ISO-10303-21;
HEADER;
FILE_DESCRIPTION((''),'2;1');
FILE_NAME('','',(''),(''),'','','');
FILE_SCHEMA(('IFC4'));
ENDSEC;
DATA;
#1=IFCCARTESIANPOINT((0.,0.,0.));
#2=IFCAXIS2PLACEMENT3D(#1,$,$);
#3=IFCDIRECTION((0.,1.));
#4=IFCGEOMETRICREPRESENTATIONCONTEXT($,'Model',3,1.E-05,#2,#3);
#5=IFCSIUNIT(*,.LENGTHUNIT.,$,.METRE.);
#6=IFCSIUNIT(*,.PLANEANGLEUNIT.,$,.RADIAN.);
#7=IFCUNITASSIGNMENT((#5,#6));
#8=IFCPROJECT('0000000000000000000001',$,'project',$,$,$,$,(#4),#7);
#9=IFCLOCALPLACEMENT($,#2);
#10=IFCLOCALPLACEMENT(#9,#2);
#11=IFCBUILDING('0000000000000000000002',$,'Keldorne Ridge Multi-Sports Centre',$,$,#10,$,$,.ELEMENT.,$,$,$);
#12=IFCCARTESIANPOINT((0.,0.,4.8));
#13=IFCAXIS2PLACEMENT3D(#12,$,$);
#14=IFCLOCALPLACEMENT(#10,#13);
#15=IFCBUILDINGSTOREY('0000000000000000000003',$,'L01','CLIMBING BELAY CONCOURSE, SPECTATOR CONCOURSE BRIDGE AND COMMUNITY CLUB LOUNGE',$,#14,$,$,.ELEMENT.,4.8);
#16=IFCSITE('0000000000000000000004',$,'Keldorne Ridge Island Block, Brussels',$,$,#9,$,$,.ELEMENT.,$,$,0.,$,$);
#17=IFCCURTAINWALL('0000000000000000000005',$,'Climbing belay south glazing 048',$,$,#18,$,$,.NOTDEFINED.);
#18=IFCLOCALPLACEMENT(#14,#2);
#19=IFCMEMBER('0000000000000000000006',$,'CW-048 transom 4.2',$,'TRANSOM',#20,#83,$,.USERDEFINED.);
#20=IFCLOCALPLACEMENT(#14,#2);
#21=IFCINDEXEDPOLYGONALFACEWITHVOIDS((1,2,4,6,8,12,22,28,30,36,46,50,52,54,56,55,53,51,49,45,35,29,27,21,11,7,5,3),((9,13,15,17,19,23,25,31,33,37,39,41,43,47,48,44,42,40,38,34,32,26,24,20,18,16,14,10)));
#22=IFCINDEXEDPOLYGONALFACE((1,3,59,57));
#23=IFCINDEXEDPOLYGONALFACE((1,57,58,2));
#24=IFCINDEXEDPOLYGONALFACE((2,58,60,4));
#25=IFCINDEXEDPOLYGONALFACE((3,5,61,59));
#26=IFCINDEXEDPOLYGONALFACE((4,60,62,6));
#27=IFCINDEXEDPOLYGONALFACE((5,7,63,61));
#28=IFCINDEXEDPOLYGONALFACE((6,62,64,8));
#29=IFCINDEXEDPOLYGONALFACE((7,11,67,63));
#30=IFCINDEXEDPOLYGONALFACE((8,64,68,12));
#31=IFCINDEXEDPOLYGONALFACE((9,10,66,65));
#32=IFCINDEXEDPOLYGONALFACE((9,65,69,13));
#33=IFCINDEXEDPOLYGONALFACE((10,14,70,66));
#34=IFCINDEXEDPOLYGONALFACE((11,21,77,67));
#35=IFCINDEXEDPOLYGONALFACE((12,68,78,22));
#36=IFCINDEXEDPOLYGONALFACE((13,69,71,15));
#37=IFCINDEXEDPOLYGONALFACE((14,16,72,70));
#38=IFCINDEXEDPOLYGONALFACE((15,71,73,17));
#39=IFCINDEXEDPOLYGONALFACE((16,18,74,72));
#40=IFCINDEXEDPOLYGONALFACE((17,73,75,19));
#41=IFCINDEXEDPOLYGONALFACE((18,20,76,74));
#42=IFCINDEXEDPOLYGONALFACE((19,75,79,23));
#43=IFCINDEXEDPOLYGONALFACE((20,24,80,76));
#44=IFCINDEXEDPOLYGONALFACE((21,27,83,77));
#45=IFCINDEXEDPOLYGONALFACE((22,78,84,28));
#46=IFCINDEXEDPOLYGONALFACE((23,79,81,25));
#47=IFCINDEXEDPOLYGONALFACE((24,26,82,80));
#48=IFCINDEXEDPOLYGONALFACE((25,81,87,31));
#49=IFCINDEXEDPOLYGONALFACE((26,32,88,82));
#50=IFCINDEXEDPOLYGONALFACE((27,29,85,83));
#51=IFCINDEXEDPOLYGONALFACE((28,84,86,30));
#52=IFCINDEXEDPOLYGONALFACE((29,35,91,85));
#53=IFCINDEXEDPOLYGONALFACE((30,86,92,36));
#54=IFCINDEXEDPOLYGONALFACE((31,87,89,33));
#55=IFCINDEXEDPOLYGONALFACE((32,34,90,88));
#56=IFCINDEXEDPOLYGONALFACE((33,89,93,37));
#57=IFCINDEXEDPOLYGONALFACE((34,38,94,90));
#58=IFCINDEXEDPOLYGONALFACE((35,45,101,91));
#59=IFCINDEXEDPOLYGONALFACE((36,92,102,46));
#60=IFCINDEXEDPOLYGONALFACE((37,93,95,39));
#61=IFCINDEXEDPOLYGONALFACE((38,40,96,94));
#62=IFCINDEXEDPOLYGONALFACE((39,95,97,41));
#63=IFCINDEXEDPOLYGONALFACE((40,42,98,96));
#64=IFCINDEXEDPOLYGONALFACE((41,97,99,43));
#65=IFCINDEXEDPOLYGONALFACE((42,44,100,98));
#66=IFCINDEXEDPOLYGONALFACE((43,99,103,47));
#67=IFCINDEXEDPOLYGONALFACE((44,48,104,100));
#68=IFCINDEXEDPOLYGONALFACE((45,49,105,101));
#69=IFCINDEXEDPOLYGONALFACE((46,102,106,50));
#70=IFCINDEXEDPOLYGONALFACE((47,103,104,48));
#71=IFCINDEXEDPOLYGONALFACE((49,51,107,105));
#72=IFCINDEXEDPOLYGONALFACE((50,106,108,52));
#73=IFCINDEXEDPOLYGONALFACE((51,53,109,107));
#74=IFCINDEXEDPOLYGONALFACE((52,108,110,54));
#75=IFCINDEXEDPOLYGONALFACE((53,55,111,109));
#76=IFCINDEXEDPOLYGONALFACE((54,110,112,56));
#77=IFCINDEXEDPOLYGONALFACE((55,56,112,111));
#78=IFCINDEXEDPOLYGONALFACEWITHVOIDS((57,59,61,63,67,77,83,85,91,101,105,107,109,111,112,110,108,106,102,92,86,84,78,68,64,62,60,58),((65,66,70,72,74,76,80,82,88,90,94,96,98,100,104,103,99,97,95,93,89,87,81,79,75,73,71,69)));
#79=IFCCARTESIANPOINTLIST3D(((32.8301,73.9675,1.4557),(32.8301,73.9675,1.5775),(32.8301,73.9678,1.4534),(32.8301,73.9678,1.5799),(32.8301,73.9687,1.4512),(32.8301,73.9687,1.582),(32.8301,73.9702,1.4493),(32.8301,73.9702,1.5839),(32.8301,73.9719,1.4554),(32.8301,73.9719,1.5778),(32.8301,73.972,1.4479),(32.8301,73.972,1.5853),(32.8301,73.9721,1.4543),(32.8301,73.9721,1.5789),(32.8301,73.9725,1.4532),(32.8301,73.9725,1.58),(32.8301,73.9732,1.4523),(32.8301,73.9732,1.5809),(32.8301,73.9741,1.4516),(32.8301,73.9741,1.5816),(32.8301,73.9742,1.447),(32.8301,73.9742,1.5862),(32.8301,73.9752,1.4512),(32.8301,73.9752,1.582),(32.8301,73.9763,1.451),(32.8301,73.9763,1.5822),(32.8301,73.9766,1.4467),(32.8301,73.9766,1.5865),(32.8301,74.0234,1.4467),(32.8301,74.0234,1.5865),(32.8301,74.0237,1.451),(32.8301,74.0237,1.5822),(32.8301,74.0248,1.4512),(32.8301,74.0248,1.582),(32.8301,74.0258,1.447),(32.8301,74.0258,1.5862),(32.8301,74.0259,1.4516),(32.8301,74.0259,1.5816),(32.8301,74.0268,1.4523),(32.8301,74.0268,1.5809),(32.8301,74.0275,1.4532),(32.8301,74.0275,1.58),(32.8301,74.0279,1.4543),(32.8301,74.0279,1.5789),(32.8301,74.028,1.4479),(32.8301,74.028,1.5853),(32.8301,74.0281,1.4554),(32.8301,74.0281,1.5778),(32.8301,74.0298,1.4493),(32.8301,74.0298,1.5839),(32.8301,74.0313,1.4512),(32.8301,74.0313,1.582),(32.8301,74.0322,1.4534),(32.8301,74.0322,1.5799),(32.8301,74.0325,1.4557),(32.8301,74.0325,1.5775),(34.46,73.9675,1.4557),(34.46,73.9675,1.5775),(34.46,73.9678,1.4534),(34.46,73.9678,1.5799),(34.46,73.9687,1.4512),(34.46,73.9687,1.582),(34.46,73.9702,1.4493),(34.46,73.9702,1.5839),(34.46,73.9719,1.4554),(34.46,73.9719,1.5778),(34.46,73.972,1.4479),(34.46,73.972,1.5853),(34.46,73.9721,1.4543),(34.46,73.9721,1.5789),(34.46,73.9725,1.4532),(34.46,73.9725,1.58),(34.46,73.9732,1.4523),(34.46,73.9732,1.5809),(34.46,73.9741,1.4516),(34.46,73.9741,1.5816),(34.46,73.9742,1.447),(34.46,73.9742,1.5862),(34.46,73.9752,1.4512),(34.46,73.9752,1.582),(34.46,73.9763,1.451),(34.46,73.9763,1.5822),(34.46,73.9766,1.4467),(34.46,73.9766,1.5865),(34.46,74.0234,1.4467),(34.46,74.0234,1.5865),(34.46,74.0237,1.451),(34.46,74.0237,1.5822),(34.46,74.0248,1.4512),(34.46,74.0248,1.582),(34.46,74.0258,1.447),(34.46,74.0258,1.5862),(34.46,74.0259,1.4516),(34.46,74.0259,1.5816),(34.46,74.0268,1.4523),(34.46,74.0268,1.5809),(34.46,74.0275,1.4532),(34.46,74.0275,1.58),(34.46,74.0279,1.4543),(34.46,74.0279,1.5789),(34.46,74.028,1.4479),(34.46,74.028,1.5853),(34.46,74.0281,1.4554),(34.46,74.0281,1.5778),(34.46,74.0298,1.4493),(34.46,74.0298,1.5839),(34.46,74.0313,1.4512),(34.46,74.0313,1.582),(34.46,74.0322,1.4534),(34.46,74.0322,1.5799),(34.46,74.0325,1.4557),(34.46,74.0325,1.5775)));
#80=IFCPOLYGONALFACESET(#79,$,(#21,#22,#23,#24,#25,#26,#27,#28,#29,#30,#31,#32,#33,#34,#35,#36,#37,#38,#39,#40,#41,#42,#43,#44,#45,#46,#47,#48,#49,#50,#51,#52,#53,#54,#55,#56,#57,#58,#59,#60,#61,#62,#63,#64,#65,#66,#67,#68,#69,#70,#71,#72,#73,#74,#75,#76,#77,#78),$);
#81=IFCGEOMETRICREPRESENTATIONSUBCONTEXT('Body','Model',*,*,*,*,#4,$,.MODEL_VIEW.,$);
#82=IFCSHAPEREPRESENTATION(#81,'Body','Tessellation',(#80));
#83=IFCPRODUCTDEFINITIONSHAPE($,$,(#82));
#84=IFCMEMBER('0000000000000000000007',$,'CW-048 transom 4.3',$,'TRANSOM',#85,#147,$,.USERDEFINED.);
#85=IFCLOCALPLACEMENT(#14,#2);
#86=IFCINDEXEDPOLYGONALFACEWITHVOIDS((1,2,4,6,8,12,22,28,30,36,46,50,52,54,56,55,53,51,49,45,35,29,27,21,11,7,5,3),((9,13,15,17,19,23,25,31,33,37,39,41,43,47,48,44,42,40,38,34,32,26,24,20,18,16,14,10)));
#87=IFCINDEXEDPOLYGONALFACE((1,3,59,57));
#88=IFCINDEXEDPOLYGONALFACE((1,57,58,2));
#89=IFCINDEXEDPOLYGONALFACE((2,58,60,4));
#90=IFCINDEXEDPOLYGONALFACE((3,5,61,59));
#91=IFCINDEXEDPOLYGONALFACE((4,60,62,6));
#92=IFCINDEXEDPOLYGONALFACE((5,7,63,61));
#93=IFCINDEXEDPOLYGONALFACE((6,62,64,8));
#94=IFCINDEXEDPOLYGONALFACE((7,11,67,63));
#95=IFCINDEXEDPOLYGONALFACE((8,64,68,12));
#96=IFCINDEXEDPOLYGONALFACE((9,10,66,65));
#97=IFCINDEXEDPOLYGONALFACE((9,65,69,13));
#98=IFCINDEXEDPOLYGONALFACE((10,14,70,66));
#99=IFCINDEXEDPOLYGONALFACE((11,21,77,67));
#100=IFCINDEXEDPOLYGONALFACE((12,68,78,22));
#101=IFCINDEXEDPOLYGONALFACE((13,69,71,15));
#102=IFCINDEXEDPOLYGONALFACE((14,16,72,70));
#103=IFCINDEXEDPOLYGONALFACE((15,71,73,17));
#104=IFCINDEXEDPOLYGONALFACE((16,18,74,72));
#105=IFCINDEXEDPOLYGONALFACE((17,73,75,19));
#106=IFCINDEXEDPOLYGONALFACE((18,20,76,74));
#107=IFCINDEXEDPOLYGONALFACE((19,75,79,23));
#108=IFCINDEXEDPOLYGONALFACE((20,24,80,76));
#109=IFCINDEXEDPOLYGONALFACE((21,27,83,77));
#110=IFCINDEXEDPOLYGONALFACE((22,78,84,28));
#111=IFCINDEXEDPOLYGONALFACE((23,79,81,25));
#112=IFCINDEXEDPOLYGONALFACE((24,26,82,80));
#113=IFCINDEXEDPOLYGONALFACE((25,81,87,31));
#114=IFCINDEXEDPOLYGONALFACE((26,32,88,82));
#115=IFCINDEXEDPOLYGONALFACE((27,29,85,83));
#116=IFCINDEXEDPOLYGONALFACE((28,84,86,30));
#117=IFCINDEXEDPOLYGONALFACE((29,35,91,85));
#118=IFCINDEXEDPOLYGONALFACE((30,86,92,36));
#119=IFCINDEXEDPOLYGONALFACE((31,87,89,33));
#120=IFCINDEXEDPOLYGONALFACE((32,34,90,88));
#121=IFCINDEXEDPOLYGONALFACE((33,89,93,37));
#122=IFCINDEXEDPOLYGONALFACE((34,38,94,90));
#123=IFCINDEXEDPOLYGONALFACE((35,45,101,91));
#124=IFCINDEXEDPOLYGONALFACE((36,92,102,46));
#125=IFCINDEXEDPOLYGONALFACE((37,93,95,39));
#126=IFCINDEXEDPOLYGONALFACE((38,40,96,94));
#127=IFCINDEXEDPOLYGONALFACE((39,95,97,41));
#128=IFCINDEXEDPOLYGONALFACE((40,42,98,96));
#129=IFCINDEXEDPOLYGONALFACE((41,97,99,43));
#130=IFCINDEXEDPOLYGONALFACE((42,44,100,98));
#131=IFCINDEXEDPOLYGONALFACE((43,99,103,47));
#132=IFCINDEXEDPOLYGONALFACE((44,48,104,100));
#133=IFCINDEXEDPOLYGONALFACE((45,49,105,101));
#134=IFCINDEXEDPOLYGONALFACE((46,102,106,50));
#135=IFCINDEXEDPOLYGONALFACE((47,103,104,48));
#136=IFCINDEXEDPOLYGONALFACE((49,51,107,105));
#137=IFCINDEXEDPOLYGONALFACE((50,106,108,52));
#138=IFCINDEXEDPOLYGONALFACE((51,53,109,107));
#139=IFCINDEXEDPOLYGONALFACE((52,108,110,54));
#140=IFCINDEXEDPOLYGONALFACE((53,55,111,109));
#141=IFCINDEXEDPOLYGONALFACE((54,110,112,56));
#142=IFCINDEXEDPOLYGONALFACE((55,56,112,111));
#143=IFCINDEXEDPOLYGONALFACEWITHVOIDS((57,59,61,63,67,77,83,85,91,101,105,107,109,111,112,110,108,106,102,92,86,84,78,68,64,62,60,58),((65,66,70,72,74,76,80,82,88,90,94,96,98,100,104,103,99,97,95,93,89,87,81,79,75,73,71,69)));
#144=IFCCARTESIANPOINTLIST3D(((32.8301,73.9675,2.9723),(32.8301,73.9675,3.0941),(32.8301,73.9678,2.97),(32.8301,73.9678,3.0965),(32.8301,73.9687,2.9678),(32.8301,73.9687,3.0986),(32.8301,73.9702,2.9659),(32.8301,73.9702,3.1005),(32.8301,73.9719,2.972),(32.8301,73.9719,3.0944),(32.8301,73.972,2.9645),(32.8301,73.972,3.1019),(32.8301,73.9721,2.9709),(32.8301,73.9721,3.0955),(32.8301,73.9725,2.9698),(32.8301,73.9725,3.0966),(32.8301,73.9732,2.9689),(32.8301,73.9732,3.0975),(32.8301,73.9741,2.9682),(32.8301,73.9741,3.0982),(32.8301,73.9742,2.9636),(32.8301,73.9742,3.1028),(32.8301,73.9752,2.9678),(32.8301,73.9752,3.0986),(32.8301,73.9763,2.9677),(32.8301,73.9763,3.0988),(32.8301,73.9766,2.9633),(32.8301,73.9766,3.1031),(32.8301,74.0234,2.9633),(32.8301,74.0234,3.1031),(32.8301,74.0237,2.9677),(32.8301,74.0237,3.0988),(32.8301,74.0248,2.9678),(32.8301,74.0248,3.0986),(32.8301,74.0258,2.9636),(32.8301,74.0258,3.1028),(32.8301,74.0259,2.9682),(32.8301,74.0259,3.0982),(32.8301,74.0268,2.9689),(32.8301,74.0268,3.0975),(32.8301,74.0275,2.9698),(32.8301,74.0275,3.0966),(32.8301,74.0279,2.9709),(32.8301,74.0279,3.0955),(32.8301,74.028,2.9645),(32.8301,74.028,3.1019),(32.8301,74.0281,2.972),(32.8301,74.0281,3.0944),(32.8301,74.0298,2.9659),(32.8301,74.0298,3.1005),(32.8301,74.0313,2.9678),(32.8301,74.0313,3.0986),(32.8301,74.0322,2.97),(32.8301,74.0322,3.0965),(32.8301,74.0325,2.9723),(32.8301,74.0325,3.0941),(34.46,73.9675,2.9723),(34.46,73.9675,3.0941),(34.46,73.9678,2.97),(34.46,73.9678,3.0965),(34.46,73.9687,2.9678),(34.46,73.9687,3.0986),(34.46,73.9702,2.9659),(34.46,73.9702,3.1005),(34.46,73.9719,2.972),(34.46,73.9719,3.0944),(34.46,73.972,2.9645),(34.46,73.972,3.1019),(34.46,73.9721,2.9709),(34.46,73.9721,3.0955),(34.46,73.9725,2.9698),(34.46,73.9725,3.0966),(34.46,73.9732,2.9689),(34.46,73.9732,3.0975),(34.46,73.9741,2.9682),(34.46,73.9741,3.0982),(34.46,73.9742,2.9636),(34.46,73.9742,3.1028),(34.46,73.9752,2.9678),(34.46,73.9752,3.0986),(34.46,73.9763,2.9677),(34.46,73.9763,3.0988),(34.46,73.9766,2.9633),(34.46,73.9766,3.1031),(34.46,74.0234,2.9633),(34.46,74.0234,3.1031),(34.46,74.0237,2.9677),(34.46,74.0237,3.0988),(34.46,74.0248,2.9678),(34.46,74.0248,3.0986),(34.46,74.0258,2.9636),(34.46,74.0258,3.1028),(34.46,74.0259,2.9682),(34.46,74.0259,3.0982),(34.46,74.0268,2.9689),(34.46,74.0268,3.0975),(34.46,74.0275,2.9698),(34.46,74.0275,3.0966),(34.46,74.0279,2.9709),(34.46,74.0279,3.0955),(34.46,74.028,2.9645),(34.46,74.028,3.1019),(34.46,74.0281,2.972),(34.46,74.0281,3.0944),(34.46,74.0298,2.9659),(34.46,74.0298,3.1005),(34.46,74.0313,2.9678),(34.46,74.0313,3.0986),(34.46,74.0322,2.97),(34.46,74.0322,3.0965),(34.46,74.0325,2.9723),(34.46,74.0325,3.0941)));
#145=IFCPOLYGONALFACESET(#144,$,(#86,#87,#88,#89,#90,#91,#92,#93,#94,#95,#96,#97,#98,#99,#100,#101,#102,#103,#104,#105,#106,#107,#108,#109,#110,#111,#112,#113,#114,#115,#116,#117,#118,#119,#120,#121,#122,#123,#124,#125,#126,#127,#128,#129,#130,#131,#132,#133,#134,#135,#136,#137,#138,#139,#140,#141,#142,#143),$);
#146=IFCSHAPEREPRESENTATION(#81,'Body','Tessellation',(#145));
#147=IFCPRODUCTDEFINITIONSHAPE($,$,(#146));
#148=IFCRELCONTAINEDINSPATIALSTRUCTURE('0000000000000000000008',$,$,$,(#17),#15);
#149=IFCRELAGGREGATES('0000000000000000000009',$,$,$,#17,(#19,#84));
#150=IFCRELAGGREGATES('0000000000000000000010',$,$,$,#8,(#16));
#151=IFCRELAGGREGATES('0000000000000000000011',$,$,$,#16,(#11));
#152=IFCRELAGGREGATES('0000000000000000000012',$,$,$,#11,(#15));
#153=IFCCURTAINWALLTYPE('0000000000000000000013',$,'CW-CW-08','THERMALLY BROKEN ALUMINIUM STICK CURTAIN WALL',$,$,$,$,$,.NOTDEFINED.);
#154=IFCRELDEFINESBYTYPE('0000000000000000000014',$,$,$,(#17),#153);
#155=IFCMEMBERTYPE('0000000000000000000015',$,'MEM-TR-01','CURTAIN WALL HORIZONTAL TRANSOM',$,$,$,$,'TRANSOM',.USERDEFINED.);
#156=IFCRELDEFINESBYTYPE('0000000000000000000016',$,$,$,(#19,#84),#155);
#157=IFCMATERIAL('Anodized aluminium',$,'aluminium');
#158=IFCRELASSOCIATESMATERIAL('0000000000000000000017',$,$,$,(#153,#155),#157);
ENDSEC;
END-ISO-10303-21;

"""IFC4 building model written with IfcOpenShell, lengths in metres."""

from ifc_helpers import new_model, si_unit, direction, frame, origin, origin_2d, place, context, subcontext, project, spatial, hollow_rectangle, extrude, material, material_profile, profile_set, type_object, element, aggregate, save


model = new_model("IFC4")

# Units and contexts
model_context = context("Model", 3, precision=1e-05, world=origin(), true_north=direction((0.0, 1.0)))
body_context = subcontext(model_context, "Body", "Model", "MODEL_VIEW")
ifc_project = project(units=[si_unit("LENGTHUNIT", "METRE"), si_unit("PLANEANGLEUNIT", "RADIAN")], contexts=[model_context])

# Site, building, storey
site_placement = place(None, origin())
site = spatial("IfcSite", under=ifc_project, at=site_placement, Name="Keldorne Ridge Island Block, Brussels", CompositionType="ELEMENT", RefElevation=0.0)
building_placement = place(site_placement, origin())
building = spatial("IfcBuilding", under=site, at=building_placement, Name="Keldorne Ridge Multi-Sports Centre", CompositionType="ELEMENT")
storey_placement = place(building_placement, frame((0.0, 0.0, 4.8)))
storey = spatial("IfcBuildingStorey", under=building, at=storey_placement, Name="L01", Description="CLIMBING BELAY CONCOURSE, SPECTATOR CONCOURSE BRIDGE AND COMMUNITY CLUB LOUNGE", CompositionType="ELEMENT", Elevation=4.8)

# Curtain wall
ifc_material_1 = material(Name="Anodized aluminium", Category="aluminium")
curtain_wall_type_1 = type_object("IfcCurtainWallType", Name="CW-CW-08", Description="THERMALLY BROKEN ALUMINIUM STICK CURTAIN WALL", PredefinedType="NOTDEFINED", material=ifc_material_1)
curtain_wall_1_placement = place(storey_placement, origin())
curtain_wall_1 = element("IfcCurtainWall", 1, at=curtain_wall_1_placement, inside=storey, type_object=curtain_wall_type_1, Name="Climbing belay south glazing 048", PredefinedType="NOTDEFINED")

# Members
ifc_material_profile_1 = material_profile(ifc_material_1, hollow_rectangle(XDim=0.0649, YDim=0.1399, WallThickness=0.0044, InnerFilletRadius=0.0044, OuterFilletRadius=0.009, at=origin_2d()), Name="ALU TRANSOM 140x65x4.5")
ifc_profile_set_1 = profile_set([ifc_material_profile_1], Name="Anodized aluminium")
member_type_1 = type_object("IfcMemberType", Name="MEM-TR-01", Description="CURTAIN WALL HORIZONTAL TRANSOM", ElementType="TRANSOM", PredefinedType="USERDEFINED", material=ifc_profile_set_1)
member_1_placement = place(storey_placement, frame((32.8301, 74.0, 1.5166), z_axis=(1.0, 0.0, 0.0), x_axis=(0.0, 1.0, 0.0)))
member_1 = element("IfcMember", 2, at=member_1_placement, type_object=member_type_1, Name="CW-048 transom 4.2", ObjectType="TRANSOM", PredefinedType="USERDEFINED", context=body_context, shape_type="SweptSolid", body=[
    extrude(hollow_rectangle(XDim=0.0649, YDim=0.1399, WallThickness=0.0044, InnerFilletRadius=0.0044, OuterFilletRadius=0.009, at=origin_2d()), origin(), (0.0, 0.0, 1.0), 1.6299),
])
member_2_placement = place(storey_placement, frame((32.8301, 74.0, 3.0332), z_axis=(1.0, 0.0, 0.0), x_axis=(0.0, 1.0, 0.0)))
member_2 = element("IfcMember", 3, at=member_2_placement, type_object=member_type_1, Name="CW-048 transom 4.3", ObjectType="TRANSOM", PredefinedType="USERDEFINED", context=body_context, shape_type="SweptSolid", body=[
    extrude(hollow_rectangle(XDim=0.0649, YDim=0.1399, WallThickness=0.0044, InnerFilletRadius=0.0044, OuterFilletRadius=0.009, at=origin_2d()), origin(), (0.0, 0.0, 1.0), 1.6299),
])

aggregate(curtain_wall_1, [member_1, member_2])

save(model, "model.ifc")
